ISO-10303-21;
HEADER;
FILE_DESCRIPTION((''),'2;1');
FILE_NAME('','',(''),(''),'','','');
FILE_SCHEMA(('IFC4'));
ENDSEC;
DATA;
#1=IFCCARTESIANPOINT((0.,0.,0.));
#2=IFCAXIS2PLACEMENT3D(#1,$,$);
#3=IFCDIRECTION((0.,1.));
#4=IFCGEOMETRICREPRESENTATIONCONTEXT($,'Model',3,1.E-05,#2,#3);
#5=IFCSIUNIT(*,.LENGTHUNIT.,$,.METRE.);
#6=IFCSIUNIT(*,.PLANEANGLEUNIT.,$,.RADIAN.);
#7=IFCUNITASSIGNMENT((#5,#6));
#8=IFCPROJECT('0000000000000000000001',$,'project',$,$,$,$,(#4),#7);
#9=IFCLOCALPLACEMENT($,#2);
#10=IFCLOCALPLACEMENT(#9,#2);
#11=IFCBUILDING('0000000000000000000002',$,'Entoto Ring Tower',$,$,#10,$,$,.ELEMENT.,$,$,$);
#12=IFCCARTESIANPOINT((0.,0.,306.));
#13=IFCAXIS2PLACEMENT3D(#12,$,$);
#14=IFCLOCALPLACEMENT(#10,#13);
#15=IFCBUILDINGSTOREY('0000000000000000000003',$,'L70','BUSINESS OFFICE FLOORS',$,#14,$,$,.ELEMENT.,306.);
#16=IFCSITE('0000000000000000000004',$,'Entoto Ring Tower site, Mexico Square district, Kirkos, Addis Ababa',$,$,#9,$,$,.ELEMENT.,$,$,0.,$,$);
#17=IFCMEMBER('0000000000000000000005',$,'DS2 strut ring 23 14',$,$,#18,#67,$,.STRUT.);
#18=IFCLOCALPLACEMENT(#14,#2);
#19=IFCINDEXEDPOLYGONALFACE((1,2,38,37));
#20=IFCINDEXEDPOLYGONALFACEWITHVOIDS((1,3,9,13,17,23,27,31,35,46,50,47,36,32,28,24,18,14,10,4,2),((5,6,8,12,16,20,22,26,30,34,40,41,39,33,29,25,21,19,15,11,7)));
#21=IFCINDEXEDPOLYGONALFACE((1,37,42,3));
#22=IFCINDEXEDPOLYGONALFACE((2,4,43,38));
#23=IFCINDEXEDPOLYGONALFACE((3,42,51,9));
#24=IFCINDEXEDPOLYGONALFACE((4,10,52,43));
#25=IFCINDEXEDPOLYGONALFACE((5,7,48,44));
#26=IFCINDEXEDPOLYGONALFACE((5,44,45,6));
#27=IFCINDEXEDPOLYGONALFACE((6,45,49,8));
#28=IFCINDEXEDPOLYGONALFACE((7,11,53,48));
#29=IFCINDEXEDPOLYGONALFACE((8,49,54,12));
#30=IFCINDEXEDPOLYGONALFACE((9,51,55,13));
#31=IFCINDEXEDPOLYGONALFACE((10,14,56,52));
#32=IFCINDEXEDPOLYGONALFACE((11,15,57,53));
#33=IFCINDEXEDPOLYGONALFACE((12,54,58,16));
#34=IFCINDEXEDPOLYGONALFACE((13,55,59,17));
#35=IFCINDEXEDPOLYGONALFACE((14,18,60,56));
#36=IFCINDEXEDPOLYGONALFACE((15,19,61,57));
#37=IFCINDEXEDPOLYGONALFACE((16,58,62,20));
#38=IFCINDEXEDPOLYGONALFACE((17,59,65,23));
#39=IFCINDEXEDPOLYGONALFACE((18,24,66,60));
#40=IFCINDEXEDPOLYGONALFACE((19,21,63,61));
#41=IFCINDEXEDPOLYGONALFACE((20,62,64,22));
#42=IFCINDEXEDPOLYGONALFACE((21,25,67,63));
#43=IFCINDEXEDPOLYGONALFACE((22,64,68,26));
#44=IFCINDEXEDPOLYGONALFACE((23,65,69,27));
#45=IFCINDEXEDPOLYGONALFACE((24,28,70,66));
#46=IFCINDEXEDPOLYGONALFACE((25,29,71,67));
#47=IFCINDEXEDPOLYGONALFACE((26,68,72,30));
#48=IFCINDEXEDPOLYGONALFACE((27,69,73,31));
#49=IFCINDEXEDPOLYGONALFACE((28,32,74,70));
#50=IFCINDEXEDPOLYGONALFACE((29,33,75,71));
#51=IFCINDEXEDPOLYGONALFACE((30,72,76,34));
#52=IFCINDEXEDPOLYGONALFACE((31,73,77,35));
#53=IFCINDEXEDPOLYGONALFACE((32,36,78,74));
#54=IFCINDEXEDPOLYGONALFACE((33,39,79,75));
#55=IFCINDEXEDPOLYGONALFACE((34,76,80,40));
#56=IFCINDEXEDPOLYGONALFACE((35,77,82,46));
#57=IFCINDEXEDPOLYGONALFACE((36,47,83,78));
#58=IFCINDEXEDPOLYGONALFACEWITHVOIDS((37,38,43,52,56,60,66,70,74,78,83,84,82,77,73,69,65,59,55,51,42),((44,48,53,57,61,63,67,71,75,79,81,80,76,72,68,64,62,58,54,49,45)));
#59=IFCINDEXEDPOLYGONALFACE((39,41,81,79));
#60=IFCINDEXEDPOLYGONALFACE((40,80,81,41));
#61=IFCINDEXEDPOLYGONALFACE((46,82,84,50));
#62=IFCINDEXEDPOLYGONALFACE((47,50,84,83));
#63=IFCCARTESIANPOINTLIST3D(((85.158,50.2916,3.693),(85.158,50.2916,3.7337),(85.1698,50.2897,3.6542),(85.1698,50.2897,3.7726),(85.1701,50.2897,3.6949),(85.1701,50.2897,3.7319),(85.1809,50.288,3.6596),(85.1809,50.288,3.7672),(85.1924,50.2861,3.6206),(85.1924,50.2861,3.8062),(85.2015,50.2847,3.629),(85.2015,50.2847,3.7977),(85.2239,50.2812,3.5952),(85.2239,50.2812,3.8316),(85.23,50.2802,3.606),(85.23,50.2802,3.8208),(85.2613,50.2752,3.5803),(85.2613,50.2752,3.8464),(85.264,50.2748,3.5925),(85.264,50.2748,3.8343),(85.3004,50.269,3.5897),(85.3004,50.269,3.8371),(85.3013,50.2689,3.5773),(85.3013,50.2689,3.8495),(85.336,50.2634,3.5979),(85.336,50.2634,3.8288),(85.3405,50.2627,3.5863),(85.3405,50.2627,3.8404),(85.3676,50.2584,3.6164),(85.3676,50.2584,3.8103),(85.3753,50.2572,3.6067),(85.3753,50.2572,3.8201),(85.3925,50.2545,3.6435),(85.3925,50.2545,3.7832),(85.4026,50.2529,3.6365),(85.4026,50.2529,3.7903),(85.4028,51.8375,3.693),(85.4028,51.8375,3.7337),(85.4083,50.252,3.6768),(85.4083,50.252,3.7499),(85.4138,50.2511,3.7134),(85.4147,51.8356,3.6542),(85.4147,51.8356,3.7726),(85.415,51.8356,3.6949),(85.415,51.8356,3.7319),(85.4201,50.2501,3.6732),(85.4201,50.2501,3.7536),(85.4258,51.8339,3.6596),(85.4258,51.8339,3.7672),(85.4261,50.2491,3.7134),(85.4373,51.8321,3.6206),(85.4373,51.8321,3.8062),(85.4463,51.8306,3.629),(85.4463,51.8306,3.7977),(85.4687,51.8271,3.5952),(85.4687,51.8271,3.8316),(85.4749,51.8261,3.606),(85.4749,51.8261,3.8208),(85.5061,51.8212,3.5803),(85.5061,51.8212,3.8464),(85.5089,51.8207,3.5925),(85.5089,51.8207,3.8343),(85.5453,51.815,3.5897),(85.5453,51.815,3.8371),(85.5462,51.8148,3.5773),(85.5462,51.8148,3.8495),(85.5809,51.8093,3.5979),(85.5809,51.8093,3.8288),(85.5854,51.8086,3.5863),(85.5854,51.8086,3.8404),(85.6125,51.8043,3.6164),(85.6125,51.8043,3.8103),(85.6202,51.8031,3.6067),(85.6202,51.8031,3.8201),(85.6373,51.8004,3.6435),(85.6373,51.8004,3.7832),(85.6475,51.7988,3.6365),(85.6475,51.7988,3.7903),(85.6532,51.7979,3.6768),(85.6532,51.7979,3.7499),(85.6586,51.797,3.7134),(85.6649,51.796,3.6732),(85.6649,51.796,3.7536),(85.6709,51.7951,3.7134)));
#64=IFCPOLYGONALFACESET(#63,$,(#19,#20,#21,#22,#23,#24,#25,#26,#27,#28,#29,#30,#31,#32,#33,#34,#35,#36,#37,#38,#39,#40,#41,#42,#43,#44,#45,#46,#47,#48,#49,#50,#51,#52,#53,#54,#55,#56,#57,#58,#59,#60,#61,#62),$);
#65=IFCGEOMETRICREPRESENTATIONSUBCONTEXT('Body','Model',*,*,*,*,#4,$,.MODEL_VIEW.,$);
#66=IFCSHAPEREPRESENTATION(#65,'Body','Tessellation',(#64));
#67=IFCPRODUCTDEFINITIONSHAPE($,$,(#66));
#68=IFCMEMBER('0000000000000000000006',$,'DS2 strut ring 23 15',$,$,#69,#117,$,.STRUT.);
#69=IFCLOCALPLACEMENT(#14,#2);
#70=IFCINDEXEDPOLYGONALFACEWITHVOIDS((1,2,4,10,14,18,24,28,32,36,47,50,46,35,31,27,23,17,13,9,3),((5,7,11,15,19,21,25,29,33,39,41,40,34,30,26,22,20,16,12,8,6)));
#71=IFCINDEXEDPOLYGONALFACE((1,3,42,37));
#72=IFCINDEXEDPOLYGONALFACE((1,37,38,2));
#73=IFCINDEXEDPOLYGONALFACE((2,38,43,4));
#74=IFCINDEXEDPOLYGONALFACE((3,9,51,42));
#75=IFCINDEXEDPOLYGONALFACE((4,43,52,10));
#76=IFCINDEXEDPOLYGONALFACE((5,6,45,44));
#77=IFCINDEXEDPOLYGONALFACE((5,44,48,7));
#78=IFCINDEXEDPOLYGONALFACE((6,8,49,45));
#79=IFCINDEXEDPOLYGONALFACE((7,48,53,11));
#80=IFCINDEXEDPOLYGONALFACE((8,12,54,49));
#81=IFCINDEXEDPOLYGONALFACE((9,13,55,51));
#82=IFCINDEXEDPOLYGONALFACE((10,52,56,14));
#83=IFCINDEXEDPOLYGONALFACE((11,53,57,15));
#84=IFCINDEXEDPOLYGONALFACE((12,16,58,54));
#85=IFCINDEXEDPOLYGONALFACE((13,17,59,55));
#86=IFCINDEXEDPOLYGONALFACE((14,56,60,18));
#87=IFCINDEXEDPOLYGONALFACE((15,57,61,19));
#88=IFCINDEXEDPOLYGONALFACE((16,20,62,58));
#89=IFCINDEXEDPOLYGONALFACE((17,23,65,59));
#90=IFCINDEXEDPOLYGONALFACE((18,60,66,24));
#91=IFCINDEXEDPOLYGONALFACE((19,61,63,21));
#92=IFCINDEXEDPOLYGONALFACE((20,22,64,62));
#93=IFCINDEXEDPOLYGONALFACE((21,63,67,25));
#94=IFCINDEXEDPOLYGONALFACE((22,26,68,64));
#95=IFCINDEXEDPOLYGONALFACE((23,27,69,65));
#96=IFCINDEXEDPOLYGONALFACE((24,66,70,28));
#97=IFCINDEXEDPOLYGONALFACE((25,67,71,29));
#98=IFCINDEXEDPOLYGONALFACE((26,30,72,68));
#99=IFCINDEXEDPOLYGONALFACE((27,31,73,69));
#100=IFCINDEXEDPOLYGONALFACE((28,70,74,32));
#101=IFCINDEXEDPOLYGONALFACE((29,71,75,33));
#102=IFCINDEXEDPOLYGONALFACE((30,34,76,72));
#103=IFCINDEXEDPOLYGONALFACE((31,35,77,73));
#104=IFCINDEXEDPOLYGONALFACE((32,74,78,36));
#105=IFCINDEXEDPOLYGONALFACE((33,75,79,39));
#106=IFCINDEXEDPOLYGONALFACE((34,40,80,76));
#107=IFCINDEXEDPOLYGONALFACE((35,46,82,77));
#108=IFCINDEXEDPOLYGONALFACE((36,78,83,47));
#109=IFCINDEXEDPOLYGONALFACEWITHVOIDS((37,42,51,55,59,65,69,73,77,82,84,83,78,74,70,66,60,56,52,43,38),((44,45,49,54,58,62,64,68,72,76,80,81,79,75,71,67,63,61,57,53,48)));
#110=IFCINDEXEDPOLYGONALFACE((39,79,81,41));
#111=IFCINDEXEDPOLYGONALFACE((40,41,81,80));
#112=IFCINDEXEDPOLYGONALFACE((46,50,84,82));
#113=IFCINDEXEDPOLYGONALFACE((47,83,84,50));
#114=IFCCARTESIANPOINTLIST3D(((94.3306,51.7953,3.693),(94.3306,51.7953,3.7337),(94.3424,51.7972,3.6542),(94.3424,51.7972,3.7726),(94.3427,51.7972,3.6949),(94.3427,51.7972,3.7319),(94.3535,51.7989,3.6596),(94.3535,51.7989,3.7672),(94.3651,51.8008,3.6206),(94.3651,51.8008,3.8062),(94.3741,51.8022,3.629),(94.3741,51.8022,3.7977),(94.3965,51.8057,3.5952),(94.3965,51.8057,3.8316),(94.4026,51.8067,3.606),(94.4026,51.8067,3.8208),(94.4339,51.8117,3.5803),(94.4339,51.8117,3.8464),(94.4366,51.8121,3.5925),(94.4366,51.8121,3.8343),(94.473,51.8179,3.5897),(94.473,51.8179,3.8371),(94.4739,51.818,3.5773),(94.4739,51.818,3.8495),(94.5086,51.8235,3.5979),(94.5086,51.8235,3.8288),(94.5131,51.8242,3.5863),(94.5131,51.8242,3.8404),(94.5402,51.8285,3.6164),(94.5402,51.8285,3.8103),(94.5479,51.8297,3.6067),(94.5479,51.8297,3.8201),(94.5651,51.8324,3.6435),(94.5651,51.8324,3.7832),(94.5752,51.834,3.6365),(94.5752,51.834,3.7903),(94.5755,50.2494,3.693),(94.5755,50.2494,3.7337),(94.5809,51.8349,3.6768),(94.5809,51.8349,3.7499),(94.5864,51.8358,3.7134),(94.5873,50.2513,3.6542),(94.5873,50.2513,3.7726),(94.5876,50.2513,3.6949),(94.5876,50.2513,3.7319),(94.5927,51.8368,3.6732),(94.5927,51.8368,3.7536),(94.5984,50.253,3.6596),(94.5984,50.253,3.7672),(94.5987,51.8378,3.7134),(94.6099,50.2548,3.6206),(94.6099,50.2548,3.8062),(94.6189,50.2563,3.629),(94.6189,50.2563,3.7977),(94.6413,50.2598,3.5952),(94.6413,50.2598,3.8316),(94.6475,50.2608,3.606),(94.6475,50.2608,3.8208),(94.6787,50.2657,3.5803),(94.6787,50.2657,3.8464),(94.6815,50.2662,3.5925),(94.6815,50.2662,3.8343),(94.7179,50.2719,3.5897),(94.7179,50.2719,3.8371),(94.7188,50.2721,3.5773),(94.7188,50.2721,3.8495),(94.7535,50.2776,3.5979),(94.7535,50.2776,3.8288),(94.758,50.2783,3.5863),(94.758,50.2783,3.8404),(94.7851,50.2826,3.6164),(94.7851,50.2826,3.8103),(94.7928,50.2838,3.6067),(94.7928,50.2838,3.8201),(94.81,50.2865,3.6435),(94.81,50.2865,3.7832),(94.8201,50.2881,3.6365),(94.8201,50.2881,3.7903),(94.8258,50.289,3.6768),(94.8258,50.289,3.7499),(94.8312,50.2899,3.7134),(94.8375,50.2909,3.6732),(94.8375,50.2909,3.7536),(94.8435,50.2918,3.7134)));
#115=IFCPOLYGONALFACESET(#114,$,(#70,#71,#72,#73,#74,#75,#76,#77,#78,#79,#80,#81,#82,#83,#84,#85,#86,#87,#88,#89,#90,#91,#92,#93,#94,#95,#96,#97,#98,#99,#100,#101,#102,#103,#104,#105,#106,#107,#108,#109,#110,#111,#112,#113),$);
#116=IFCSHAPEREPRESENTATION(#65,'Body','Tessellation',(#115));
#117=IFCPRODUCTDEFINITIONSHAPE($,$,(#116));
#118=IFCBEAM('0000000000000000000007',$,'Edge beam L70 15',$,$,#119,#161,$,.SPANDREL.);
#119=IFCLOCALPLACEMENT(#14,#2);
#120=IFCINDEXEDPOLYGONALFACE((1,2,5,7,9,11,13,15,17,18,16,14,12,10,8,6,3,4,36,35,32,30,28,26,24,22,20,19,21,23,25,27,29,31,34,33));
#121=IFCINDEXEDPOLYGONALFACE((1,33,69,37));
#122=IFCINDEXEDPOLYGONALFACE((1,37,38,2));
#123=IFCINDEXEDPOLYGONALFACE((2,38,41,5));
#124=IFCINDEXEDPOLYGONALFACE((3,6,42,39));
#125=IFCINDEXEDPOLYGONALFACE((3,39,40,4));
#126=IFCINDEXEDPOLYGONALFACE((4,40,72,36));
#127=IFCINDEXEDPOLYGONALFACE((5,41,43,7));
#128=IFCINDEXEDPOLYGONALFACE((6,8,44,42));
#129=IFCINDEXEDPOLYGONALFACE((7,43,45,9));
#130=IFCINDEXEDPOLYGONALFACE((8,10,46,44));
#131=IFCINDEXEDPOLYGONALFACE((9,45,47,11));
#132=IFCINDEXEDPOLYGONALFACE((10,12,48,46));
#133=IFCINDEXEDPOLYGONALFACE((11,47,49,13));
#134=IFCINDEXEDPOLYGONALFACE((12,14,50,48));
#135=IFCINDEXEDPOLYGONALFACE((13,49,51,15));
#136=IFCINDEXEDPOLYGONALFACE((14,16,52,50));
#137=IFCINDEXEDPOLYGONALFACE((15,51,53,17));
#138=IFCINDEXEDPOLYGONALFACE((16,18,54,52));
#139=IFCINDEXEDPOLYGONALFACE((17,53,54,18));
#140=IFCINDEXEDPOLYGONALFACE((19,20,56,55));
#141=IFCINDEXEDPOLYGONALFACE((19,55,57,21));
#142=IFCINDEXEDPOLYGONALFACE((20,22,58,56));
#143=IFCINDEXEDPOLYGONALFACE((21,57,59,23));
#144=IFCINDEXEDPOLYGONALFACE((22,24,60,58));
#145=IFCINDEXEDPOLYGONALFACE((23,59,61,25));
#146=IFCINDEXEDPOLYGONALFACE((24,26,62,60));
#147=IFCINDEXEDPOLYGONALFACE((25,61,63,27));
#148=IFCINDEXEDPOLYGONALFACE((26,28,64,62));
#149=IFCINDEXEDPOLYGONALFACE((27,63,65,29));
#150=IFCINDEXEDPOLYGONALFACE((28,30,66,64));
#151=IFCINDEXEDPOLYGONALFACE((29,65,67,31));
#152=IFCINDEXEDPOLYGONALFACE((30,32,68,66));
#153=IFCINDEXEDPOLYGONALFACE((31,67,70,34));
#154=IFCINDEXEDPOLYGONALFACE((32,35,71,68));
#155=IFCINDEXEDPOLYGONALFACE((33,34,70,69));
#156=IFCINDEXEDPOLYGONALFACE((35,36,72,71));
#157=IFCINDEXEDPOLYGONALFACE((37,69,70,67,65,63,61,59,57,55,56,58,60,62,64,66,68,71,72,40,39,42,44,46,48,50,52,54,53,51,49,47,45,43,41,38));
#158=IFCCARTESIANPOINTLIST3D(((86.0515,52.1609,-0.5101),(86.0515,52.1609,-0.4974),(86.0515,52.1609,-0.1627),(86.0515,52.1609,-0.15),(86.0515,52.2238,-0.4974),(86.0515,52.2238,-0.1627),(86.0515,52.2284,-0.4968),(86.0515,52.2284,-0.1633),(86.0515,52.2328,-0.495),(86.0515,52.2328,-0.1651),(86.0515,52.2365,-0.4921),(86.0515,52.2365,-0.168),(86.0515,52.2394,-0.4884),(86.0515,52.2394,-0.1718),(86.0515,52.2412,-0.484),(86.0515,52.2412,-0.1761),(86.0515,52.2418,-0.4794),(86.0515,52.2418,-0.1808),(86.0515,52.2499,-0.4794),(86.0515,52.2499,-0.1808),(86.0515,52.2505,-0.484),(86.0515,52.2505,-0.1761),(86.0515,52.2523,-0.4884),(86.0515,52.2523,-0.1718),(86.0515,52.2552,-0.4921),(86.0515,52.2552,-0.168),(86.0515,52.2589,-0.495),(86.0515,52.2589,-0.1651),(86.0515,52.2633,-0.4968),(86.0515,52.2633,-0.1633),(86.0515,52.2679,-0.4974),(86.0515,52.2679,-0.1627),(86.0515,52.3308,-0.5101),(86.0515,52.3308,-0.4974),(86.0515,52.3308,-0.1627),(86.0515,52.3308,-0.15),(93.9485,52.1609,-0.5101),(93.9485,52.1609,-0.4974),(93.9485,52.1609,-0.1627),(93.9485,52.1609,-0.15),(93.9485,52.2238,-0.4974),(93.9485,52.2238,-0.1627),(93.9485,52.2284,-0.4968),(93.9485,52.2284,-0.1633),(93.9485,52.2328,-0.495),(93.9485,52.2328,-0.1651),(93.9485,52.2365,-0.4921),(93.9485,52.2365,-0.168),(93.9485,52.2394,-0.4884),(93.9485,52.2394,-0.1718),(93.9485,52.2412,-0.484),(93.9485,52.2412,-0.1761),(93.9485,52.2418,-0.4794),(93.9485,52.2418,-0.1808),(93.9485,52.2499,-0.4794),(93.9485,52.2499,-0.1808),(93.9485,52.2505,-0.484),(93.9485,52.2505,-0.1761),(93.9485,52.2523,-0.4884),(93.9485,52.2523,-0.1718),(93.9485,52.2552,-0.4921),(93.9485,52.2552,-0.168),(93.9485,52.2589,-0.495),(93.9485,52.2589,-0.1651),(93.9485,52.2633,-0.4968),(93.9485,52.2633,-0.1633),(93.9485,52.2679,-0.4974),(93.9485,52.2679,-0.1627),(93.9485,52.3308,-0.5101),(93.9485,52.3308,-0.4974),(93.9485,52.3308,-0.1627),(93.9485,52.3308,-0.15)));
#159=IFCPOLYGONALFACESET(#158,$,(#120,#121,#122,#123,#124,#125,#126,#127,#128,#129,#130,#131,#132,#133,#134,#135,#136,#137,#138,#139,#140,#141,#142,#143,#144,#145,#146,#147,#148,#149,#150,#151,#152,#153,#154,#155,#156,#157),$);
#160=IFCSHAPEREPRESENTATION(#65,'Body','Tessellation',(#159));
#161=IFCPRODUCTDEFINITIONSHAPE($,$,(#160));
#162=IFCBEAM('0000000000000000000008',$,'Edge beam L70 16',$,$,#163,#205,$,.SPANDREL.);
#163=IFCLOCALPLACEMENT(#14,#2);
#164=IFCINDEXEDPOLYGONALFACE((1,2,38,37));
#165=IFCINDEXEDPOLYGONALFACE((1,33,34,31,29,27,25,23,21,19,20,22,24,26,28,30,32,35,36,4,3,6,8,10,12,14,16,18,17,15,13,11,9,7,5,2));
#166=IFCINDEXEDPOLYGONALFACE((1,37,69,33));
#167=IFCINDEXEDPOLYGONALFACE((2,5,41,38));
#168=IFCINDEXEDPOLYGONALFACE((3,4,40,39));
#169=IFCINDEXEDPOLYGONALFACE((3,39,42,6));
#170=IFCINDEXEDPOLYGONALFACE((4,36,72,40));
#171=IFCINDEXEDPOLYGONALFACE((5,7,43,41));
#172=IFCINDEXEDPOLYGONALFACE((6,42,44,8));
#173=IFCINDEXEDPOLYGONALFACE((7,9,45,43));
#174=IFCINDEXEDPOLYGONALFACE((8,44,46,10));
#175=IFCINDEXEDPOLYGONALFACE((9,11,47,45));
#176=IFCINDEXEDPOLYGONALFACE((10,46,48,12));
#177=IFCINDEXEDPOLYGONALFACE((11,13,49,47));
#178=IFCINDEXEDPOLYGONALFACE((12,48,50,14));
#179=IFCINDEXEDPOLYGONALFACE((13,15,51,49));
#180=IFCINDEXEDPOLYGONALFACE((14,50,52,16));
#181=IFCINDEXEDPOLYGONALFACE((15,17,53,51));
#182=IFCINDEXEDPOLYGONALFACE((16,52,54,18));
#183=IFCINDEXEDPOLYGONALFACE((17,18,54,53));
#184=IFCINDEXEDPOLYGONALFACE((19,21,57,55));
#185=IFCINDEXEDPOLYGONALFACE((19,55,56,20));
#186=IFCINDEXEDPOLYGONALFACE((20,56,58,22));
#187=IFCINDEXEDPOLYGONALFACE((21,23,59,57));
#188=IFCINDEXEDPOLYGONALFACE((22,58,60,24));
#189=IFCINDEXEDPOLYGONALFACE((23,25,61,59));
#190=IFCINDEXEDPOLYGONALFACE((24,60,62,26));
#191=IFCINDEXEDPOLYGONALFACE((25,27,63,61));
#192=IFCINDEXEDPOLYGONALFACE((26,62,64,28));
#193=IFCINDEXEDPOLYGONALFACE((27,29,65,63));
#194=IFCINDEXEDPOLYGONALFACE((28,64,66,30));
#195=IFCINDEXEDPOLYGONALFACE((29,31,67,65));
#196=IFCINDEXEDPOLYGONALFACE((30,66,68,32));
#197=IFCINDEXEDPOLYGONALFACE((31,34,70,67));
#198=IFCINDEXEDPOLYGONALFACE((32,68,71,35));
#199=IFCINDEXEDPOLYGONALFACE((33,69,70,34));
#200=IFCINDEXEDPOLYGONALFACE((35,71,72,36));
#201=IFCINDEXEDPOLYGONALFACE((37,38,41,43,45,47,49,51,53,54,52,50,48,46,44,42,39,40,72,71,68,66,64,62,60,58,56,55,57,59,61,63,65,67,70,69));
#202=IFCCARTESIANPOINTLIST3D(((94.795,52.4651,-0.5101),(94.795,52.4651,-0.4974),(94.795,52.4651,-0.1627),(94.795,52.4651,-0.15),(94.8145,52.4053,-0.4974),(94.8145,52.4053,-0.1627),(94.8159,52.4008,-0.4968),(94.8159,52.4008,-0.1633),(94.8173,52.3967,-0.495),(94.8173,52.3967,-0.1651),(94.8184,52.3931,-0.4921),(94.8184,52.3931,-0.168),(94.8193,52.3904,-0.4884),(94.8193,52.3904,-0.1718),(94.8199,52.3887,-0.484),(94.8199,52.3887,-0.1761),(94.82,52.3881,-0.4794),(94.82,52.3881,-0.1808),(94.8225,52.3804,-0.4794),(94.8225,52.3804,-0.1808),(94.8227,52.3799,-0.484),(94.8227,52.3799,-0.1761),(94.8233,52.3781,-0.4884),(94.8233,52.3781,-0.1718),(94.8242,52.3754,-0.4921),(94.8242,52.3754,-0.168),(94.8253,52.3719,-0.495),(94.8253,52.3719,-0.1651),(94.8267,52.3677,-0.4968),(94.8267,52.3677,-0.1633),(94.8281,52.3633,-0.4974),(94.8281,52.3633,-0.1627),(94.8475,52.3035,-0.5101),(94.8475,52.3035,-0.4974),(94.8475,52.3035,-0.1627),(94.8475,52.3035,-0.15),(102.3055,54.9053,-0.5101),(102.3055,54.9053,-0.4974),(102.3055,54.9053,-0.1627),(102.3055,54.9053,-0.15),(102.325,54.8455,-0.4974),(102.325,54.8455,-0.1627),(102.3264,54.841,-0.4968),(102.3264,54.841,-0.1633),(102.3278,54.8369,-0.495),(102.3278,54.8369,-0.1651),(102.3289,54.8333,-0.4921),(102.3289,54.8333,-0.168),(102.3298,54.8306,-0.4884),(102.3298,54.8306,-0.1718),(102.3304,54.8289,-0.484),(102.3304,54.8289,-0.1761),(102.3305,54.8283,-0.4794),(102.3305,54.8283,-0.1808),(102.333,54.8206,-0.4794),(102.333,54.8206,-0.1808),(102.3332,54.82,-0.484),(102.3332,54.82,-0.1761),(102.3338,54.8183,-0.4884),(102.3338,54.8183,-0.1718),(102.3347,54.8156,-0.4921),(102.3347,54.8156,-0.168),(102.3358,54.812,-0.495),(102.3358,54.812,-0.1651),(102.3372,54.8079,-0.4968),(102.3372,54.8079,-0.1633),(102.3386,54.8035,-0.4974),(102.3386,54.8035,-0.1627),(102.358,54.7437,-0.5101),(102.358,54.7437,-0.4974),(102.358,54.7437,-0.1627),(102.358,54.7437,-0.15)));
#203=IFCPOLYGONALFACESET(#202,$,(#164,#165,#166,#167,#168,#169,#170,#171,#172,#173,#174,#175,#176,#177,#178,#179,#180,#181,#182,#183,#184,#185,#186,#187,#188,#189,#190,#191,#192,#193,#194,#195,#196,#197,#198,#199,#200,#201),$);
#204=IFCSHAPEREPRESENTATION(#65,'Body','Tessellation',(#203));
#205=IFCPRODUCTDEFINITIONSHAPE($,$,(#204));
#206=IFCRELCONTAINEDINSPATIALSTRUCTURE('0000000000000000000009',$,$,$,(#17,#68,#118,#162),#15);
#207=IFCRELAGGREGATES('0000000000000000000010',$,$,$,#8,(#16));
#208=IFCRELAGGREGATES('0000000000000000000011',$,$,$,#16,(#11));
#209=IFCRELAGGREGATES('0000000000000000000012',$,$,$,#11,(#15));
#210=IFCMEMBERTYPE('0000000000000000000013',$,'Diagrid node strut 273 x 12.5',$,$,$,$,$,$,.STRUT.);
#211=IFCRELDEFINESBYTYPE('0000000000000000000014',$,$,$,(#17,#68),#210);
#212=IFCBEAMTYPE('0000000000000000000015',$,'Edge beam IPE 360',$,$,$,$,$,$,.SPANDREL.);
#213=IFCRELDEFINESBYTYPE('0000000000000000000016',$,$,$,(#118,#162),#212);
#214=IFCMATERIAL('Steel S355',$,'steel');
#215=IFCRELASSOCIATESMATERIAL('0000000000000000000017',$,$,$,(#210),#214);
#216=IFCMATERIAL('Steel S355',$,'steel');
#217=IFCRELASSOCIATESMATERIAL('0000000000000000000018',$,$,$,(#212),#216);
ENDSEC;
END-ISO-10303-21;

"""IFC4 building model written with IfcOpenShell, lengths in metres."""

from ifc_helpers import new_model, si_unit, direction, frame, origin, origin_2d, place, context, subcontext, project, spatial, circle, hollow_circle, i_section, extrude, material, material_profile, profile_set, type_object, element, save


model = new_model("IFC4")

# Units and contexts
model_context = context("Model", 3, precision=1e-05, world=origin(), true_north=direction((0.0, 1.0)))
body_context = subcontext(model_context, "Body", "Model", "MODEL_VIEW")
ifc_project = project(units=[si_unit("LENGTHUNIT", "METRE"), si_unit("PLANEANGLEUNIT", "RADIAN")], contexts=[model_context])

# Site, building, storey
site_placement = place(None, origin())
site = spatial("IfcSite", under=ifc_project, at=site_placement, Name="Entoto Ring Tower site, Mexico Square district, Kirkos, Addis Ababa", CompositionType="ELEMENT", RefElevation=0.0)
building_placement = place(site_placement, origin())
building = spatial("IfcBuilding", under=site, at=building_placement, Name="Entoto Ring Tower", CompositionType="ELEMENT")
storey_placement = place(building_placement, frame((0.0, 0.0, 306.0)))
storey = spatial("IfcBuildingStorey", under=building, at=storey_placement, Name="L70", Description="BUSINESS OFFICE FLOORS", CompositionType="ELEMENT", Elevation=306.0)

# Members
ifc_material_1 = material(Name="Steel S355", Category="steel")
ifc_material_profile_1 = material_profile(ifc_material_1, hollow_circle(Radius=0.1365, WallThickness=0.0125, at=origin_2d()), Name="CHS 273 x 12.5")
ifc_material_2 = material(Name="Concrete C60/75", Category="concrete")
ifc_material_profile_2 = material_profile(ifc_material_2, circle(Radius=0.124, at=origin_2d()), Name="Concrete C60/75 infill")
ifc_profile_set_1 = profile_set([ifc_material_profile_1, ifc_material_profile_2], Name="Steel S355")
member_type = type_object("IfcMemberType", Name="Diagrid node strut 273 x 12.5", PredefinedType="STRUT", material=ifc_profile_set_1)
for number, where, z_axis, x_axis, name in (
    (1, (85.5361, 51.8164, 3.7134), (-0.156451, -0.987686, 0.0), (0.987686, -0.156451, 0.0), "DS2 strut ring 23 14"),
    (2, (94.4639, 51.8164, 3.7134), (0.156451, -0.987686, 0.0), (0.987686, 0.156451, 0.0), "DS2 strut ring 23 15"),
):
    element("IfcMember", number, at=place(storey_placement, frame(where, z_axis=z_axis, x_axis=x_axis)), inside=storey, type_object=member_type, Name=name, PredefinedType="STRUT", context=body_context, shape_type="SweptSolid", body=[
        extrude(hollow_circle(Radius=0.1365, WallThickness=0.0125, at=origin_2d()), origin(), (0.0, 0.0, 1.0), 1.5652),
    ])

# Beams
ifc_material_3 = material(Name="Steel S355", Category="steel")
ifc_material_profile_3 = material_profile(ifc_material_3, i_section(OverallWidth=0.1699, OverallDepth=0.3601, WebThickness=0.0081, FlangeThickness=0.0127, FilletRadius=0.0181, at=origin_2d()), Name="IPE 360")
ifc_profile_set_2 = profile_set([ifc_material_profile_3], Name="Steel S355")
beam_type_1 = type_object("IfcBeamType", Name="Edge beam IPE 360", PredefinedType="SPANDREL", material=ifc_profile_set_2)
for number, where, z_axis, x_axis, name in (
    (3, (86.0515, 52.2458, -0.3301), (1.0, 0.0, 0.0), (0.0, 1.0, 0.0), "Edge beam L70 15"),
    (4, (94.8213, 52.3843, -0.3301), (0.951061, 0.309003, 0.0), (-0.309003, 0.951061, 0.0), "Edge beam L70 16"),
):
    element("IfcBeam", number, at=place(storey_placement, frame(where, z_axis=z_axis, x_axis=x_axis)), inside=storey, type_object=beam_type_1, Name=name, PredefinedType="SPANDREL", context=body_context, shape_type="SweptSolid", body=[
        extrude(i_section(OverallWidth=0.1699, OverallDepth=0.3601, WebThickness=0.0081, FlangeThickness=0.0127, FilletRadius=0.0181, at=origin_2d()), origin(), (0.0, 0.0, 1.0), 7.897),
    ])

save(model, "model.ifc")
